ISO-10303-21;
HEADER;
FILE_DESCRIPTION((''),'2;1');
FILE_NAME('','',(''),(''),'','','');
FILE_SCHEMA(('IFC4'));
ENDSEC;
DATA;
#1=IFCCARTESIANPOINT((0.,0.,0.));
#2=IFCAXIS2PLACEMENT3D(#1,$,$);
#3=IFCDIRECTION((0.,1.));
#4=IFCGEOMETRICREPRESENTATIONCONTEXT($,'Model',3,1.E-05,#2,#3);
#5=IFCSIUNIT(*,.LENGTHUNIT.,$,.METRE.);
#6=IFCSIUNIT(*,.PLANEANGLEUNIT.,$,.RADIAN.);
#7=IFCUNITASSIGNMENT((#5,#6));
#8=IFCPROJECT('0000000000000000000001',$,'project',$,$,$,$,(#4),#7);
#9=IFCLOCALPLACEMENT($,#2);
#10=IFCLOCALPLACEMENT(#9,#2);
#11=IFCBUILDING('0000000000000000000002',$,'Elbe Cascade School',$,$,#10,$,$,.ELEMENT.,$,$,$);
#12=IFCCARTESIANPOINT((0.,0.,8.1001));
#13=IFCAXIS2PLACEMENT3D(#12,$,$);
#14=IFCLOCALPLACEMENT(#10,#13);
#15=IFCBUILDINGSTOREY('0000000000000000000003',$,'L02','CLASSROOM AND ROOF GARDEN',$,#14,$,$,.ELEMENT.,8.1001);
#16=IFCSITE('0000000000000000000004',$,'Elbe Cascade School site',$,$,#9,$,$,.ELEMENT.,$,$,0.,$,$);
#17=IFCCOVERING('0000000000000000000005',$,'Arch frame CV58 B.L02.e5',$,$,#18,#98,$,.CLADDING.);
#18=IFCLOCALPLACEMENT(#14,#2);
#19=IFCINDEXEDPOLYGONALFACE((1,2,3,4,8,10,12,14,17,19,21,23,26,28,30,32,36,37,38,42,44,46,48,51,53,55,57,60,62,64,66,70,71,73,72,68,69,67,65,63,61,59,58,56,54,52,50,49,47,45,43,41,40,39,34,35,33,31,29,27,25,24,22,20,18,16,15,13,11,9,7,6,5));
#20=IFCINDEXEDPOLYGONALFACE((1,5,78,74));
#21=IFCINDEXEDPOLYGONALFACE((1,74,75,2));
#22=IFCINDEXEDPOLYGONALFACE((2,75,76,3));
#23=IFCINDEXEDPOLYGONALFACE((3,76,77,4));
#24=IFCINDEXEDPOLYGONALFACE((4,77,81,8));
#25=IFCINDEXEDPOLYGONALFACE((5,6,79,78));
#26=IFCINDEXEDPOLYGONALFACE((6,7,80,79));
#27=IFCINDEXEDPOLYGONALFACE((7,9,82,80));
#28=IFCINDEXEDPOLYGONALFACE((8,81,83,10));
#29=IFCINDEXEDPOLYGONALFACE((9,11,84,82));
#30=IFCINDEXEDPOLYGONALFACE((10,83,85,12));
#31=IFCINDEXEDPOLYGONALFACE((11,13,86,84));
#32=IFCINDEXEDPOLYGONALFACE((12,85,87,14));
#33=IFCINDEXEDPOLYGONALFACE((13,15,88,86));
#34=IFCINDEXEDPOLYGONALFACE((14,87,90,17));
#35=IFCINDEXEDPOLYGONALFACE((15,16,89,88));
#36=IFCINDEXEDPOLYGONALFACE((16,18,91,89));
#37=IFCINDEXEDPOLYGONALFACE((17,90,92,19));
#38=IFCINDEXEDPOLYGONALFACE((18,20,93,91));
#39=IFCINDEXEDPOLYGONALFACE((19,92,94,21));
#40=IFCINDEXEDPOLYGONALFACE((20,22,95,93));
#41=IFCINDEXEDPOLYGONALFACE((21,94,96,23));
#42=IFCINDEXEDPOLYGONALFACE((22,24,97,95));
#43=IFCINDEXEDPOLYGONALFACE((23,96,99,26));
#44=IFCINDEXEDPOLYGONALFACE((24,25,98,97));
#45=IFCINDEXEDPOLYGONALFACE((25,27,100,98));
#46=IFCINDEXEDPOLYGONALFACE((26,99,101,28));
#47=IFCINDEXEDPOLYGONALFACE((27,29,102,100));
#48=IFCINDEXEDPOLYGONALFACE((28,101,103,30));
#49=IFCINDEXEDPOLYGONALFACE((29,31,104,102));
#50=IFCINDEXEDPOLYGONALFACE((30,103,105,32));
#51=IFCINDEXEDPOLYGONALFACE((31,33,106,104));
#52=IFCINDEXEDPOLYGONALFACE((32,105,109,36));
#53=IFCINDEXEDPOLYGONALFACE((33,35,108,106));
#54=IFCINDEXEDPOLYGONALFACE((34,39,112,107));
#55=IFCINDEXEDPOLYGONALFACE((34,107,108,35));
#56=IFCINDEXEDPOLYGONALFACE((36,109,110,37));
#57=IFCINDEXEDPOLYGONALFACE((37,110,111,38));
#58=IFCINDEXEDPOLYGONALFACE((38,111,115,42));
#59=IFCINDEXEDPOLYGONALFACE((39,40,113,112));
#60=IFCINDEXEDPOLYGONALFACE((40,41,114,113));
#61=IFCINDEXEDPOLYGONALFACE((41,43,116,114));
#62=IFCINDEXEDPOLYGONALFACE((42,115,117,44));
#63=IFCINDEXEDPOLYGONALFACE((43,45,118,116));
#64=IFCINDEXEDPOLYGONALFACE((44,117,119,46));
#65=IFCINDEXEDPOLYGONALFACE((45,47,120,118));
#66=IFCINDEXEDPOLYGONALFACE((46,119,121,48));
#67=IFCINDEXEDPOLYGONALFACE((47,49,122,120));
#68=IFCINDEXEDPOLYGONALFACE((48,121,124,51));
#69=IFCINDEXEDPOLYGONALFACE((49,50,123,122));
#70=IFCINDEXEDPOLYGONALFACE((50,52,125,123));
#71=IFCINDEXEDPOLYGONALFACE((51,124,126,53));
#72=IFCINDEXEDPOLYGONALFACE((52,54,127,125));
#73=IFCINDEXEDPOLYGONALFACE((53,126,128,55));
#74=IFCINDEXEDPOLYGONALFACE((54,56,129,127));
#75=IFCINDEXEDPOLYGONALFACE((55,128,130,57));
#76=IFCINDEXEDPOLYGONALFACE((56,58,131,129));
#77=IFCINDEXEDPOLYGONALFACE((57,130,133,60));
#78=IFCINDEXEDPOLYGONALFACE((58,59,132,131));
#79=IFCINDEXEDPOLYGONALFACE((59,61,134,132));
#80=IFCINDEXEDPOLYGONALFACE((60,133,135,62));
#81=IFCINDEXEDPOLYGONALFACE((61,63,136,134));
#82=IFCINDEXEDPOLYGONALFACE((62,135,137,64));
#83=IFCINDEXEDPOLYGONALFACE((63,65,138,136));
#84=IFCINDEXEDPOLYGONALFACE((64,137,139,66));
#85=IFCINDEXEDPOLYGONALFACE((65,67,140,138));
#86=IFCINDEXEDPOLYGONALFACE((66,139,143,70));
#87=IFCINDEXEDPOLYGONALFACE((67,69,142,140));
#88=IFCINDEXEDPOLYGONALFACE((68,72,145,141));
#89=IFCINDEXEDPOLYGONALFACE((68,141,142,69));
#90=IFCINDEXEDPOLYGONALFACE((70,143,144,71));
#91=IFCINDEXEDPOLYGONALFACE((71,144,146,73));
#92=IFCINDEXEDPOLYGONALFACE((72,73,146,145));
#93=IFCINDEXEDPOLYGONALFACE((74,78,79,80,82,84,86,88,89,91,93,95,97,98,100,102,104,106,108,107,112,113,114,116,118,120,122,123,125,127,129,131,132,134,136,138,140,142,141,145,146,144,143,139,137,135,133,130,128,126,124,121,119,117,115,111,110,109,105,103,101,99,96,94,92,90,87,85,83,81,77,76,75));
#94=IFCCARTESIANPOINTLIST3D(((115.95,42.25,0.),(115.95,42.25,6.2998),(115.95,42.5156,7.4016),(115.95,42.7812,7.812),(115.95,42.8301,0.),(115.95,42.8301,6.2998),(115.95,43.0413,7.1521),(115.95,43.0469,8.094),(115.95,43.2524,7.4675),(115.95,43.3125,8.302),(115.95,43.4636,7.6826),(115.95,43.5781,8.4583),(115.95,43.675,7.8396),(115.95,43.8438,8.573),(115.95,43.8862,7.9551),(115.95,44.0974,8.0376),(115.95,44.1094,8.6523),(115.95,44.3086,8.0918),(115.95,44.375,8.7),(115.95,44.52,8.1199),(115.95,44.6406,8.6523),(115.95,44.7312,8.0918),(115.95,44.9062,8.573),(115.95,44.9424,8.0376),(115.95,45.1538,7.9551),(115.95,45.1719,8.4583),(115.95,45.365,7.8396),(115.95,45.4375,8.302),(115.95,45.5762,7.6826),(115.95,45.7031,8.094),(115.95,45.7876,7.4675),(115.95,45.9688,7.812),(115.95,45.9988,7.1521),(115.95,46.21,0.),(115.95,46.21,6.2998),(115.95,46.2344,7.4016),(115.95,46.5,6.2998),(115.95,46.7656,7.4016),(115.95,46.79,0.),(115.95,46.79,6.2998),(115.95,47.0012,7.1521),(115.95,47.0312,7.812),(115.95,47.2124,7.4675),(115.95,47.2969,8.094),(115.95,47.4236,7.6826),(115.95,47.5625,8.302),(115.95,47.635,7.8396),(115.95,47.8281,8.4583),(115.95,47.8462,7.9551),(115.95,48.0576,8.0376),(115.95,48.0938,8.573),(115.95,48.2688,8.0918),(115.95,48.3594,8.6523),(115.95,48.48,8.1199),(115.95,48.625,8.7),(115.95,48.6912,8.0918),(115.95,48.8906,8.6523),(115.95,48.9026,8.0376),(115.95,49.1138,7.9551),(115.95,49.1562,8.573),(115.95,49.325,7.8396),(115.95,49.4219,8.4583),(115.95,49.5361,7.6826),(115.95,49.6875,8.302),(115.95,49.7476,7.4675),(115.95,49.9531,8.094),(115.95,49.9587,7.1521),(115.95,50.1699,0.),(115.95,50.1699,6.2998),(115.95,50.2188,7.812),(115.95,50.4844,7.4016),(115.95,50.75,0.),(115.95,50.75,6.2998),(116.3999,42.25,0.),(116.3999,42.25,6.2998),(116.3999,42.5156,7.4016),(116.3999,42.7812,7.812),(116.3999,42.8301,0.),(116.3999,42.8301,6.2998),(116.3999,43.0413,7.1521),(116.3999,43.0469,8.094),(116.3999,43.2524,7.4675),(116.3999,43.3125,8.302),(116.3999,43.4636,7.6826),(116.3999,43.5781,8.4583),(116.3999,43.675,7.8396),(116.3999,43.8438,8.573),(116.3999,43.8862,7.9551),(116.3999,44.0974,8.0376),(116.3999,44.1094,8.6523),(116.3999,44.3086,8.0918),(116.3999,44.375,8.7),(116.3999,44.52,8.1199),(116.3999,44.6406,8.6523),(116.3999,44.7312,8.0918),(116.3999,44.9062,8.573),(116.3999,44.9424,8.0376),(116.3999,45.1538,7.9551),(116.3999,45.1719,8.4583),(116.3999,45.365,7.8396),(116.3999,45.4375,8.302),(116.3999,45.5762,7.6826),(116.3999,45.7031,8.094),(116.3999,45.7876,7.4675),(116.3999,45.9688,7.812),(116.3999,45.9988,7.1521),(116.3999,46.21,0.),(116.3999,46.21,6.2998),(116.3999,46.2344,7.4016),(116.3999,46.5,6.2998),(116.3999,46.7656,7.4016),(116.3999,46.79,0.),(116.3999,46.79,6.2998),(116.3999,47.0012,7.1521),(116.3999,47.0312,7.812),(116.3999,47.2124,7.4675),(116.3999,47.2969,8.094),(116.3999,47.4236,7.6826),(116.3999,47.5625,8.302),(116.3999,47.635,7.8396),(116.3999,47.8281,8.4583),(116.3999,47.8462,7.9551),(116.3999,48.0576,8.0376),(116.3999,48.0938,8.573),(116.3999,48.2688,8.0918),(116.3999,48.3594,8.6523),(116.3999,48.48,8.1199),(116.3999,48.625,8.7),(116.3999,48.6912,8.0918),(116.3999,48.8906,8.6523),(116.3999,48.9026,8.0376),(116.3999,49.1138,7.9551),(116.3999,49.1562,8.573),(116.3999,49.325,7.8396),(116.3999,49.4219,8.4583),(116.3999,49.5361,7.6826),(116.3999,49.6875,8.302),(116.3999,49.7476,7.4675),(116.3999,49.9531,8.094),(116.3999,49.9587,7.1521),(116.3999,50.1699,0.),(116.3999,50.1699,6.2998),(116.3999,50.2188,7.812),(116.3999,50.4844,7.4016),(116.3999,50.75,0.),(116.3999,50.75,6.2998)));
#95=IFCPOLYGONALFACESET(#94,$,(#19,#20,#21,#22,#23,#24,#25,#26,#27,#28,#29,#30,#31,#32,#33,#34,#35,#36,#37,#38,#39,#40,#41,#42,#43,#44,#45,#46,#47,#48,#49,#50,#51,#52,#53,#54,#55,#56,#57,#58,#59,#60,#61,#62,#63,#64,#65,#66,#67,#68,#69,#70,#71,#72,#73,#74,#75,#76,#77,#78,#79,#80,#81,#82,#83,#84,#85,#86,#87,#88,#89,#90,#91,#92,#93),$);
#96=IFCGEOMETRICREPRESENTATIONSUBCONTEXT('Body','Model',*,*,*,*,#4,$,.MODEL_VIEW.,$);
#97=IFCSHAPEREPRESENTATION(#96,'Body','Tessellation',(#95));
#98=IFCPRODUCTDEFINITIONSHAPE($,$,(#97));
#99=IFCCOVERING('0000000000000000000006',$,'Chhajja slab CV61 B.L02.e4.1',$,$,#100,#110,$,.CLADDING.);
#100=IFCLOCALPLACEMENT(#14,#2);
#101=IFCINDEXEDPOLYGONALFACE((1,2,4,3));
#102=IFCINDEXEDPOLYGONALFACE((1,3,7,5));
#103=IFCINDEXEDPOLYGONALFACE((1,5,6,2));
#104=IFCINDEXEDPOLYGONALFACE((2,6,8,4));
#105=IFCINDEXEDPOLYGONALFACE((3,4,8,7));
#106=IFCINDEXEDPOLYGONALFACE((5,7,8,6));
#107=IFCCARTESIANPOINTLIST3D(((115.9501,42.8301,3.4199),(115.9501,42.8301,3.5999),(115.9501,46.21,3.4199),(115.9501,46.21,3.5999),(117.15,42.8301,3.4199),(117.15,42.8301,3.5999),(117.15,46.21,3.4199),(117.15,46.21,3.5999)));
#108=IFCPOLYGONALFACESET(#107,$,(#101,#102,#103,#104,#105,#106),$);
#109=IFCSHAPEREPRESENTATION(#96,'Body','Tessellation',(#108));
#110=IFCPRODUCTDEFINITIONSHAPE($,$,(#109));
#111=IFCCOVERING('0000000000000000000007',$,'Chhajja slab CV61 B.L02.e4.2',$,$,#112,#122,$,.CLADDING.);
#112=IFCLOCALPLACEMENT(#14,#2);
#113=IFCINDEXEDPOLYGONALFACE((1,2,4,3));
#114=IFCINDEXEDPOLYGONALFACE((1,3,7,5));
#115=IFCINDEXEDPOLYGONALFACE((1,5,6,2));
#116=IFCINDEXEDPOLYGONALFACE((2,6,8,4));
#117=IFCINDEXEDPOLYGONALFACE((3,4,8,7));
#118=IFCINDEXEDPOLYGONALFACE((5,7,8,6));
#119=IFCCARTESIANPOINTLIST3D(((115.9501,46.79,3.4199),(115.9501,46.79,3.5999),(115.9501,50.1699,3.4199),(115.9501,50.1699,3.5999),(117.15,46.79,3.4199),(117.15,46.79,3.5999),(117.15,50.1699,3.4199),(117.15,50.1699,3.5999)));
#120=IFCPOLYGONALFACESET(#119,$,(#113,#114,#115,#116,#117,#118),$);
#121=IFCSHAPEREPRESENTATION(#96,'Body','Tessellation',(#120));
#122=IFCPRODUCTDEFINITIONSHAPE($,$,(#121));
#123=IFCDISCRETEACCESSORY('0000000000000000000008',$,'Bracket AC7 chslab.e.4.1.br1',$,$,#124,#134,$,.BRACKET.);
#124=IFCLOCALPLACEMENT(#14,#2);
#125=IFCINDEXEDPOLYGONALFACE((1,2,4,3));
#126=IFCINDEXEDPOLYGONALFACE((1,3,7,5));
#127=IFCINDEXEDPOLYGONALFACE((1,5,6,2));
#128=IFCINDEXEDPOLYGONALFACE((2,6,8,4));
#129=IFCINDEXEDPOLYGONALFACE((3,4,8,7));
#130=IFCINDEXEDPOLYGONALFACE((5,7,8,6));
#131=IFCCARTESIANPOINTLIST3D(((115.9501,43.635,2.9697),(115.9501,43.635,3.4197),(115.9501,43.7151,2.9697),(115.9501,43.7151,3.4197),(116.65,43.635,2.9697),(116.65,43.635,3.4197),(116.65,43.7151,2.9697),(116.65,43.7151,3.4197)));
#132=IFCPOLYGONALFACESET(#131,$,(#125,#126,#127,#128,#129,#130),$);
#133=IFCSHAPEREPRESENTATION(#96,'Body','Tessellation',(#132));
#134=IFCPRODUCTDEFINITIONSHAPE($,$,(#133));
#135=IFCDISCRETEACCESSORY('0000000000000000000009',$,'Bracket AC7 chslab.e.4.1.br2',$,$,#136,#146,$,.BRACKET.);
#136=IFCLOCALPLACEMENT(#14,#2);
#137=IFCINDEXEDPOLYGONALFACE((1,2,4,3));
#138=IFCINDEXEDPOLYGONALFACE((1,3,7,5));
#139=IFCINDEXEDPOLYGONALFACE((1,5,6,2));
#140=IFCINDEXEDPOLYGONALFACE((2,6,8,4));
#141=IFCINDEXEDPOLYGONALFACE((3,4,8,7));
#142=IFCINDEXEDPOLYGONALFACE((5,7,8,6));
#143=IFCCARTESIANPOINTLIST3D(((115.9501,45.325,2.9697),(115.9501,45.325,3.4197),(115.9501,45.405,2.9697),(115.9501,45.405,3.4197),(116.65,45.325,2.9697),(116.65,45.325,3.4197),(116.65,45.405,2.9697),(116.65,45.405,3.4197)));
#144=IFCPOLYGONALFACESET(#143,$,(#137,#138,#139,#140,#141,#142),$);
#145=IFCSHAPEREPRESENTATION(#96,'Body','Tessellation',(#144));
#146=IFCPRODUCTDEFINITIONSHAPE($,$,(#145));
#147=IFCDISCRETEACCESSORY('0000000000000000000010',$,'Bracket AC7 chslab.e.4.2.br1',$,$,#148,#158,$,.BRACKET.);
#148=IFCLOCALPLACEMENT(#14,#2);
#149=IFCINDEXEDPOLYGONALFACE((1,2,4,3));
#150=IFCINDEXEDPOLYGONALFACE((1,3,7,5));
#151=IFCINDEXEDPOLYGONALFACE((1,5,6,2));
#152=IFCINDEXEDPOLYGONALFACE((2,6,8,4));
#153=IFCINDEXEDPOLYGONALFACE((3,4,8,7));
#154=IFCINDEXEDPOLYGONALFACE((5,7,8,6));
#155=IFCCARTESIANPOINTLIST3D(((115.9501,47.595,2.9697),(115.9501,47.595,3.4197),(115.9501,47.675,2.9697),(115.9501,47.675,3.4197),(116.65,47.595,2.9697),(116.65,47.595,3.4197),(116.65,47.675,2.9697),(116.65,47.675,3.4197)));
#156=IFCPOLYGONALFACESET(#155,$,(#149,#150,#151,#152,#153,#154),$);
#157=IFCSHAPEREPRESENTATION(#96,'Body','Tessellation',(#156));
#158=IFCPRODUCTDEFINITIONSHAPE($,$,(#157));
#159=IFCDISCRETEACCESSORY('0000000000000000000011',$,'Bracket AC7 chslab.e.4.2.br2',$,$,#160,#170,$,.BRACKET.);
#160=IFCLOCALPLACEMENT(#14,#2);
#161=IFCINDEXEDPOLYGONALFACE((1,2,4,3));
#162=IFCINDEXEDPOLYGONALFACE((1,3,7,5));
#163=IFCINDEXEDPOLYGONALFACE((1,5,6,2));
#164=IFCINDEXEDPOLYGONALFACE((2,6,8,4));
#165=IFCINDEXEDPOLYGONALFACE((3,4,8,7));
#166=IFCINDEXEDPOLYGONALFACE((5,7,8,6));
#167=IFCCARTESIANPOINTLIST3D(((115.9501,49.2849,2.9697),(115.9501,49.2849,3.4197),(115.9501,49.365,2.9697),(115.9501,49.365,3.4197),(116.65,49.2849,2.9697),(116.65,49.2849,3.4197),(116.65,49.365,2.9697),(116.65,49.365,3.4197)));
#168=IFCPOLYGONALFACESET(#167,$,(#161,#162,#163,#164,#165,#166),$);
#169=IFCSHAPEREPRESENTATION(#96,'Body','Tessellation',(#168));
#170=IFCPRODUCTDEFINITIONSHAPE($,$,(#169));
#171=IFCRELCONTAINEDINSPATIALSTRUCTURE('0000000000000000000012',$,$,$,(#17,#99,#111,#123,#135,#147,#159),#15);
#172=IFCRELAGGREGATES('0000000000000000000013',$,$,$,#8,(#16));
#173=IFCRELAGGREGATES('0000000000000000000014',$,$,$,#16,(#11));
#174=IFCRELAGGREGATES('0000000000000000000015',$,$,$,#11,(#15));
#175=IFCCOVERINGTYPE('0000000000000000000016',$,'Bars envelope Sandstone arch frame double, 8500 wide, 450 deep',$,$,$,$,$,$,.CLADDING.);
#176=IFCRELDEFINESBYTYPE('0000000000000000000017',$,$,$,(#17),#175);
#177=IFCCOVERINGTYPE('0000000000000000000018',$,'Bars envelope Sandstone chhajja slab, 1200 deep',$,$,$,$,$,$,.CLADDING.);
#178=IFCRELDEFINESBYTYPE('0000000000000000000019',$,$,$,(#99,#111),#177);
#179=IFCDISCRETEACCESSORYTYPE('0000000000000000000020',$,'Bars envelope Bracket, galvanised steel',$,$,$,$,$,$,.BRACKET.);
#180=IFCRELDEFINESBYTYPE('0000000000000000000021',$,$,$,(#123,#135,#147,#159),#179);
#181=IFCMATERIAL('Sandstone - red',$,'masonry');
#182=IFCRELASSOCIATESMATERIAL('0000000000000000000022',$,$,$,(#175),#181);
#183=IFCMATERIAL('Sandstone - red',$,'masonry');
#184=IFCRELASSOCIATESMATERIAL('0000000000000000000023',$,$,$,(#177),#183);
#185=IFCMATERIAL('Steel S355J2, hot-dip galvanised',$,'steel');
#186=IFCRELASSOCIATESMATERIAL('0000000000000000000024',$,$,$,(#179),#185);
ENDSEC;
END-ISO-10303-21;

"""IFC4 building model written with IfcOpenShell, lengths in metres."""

from ifc_helpers import new_model, si_unit, direction, frame, origin, origin_2d, place, context, subcontext, project, spatial, polyline, rectangle, outline, extrude, material, type_object, element, save


model = new_model("IFC4")

# Units and contexts
model_context = context("Model", 3, precision=1e-05, world=origin(), true_north=direction((0.0, 1.0)))
body_context = subcontext(model_context, "Body", "Model", "MODEL_VIEW")
ifc_project = project(units=[si_unit("LENGTHUNIT", "METRE"), si_unit("PLANEANGLEUNIT", "RADIAN")], contexts=[model_context])

# Site, building, storey
site_placement = place(None, origin())
site = spatial("IfcSite", under=ifc_project, at=site_placement, Name="Elbe Cascade School site", CompositionType="ELEMENT", RefElevation=0.0)
building_placement = place(site_placement, origin())
building = spatial("IfcBuilding", under=site, at=building_placement, Name="Elbe Cascade School", CompositionType="ELEMENT")
storey_placement = place(building_placement, frame((0.0, 0.0, 8.1001)))
storey = spatial("IfcBuildingStorey", under=building, at=storey_placement, Name="L02", Description="CLASSROOM AND ROOF GARDEN", CompositionType="ELEMENT", Elevation=8.1001)

# Coverings
ifc_material_1 = material(Name="Sandstone - red", Category="masonry")
covering_type_1 = type_object("IfcCoveringType", Name="Bars envelope Sandstone arch frame double, 8500 wide, 450 deep", PredefinedType="CLADDING", material=ifc_material_1)
covering_1_placement = place(storey_placement, frame((116.3999, 42.8301, 0.0), z_axis=(1.0, 0.0, 0.0), x_axis=(0.0, 0.0, 1.0)))
element("IfcCovering", 1, at=covering_1_placement, inside=storey, type_object=covering_type_1, Name="Arch frame CV58 B.L02.e5", PredefinedType="CLADDING", context=body_context, shape_type="SweptSolid", body=[
    extrude(outline(polyline([(0.0, 0.0), (6.2998, 0.0), (7.1521, -0.2112), (7.4675, -0.4224), (7.6826, -0.6335), (7.8396, -0.845), (7.9551, -1.0562), (8.0376, -1.2673), (8.0918, -1.4785), (8.1199, -1.6899), (8.0918, -1.9011), (8.0376, -2.1123), (7.9551, -2.3237), (7.8396, -2.5349), (7.6826, -2.7461), (7.4675, -2.9575), (7.1521, -3.1687), (6.2998, -3.3799), (0.0, -3.3799), (0.0, -3.96), (6.2998, -3.96), (7.1521, -4.1711), (7.4675, -4.3823), (7.6826, -4.5935), (7.8396, -4.8049), (7.9551, -5.0161), (8.0376, -5.2275), (8.0918, -5.4387), (8.1199, -5.6499), (8.0918, -5.8611), (8.0376, -6.0725), (7.9551, -6.2837), (7.8396, -6.4949), (7.6826, -6.7061), (7.4675, -6.9175), (7.1521, -7.1287), (6.2998, -7.3398), (0.0, -7.3398), (0.0, -7.9199), (6.2998, -7.9199), (7.4016, -7.6543), (7.812, -7.3887), (8.094, -7.123), (8.302, -6.8574), (8.4583, -6.5918), (8.573, -6.3262), (8.6523, -6.0605), (8.7, -5.7949), (8.6523, -5.5293), (8.573, -5.2637), (8.4583, -4.998), (8.302, -4.7324), (8.094, -4.4668), (7.812, -4.2012), (7.4016, -3.9355), (6.2998, -3.6699), (7.4016, -3.4043), (7.812, -3.1387), (8.094, -2.873), (8.302, -2.6074), (8.4583, -2.3418), (8.573, -2.0762), (8.6523, -1.8105), (8.7, -1.5449), (8.6523, -1.2793), (8.573, -1.0137), (8.4583, -0.748), (8.302, -0.4824), (8.094, -0.2168), (7.812, 0.0488), (7.4016, 0.3145), (6.2998, 0.5801), (0.0, 0.5801), (0.0, 0.0)])), origin(), (0.0, 0.0, -1.0), 0.45),
])
ifc_material_2 = material(Name="Sandstone - red", Category="masonry")
covering_type_2 = type_object("IfcCoveringType", Name="Bars envelope Sandstone chhajja slab, 1200 deep", PredefinedType="CLADDING", material=ifc_material_2)
for number, where, z_axis, x_axis, name in (
    (2, (116.55, 44.52, 3.4199), (0.0, 0.0, 1.0), (0.0, 1.0, 0.0), "Chhajja slab CV61 B.L02.e4.1"),
    (3, (116.55, 48.48, 3.4199), (0.0, 0.0, 1.0), (0.0, 1.0, 0.0), "Chhajja slab CV61 B.L02.e4.2"),
):
    element("IfcCovering", number, at=place(storey_placement, frame(where, z_axis=z_axis, x_axis=x_axis)), inside=storey, type_object=covering_type_2, Name=name, PredefinedType="CLADDING", context=body_context, shape_type="SweptSolid", body=[
        extrude(rectangle(XDim=3.3799, YDim=1.2, at=origin_2d()), origin(), (0.0, 0.0, 1.0), 0.1799),
    ])

# Discrete accessories
ifc_material_3 = material(Name="Steel S355J2, hot-dip galvanised", Category="steel")
discrete_accessory_type = type_object("IfcDiscreteAccessoryType", Name="Bars envelope Bracket, galvanised steel", PredefinedType="BRACKET", material=ifc_material_3)
for number, where, z_axis, x_axis, name in (
    (4, (116.3, 43.675, 2.9697), (0.0, 0.0, 1.0), (0.0, 1.0, 0.0), "Bracket AC7 chslab.e.4.1.br1"),
    (5, (116.3, 45.365, 2.9697), (0.0, 0.0, 1.0), (0.0, 1.0, 0.0), "Bracket AC7 chslab.e.4.1.br2"),
    (6, (116.3, 47.635, 2.9697), (0.0, 0.0, 1.0), (0.0, 1.0, 0.0), "Bracket AC7 chslab.e.4.2.br1"),
    (7, (116.3, 49.325, 2.9697), (0.0, 0.0, 1.0), (0.0, 1.0, 0.0), "Bracket AC7 chslab.e.4.2.br2"),
):
    element("IfcDiscreteAccessory", number, at=place(storey_placement, frame(where, z_axis=z_axis, x_axis=x_axis)), inside=storey, type_object=discrete_accessory_type, Name=name, PredefinedType="BRACKET", context=body_context, shape_type="SweptSolid", body=[
        extrude(rectangle(XDim=0.0801, YDim=0.7, at=origin_2d()), origin(), (0.0, 0.0, 1.0), 0.45),
    ])

save(model, "model.ifc")
